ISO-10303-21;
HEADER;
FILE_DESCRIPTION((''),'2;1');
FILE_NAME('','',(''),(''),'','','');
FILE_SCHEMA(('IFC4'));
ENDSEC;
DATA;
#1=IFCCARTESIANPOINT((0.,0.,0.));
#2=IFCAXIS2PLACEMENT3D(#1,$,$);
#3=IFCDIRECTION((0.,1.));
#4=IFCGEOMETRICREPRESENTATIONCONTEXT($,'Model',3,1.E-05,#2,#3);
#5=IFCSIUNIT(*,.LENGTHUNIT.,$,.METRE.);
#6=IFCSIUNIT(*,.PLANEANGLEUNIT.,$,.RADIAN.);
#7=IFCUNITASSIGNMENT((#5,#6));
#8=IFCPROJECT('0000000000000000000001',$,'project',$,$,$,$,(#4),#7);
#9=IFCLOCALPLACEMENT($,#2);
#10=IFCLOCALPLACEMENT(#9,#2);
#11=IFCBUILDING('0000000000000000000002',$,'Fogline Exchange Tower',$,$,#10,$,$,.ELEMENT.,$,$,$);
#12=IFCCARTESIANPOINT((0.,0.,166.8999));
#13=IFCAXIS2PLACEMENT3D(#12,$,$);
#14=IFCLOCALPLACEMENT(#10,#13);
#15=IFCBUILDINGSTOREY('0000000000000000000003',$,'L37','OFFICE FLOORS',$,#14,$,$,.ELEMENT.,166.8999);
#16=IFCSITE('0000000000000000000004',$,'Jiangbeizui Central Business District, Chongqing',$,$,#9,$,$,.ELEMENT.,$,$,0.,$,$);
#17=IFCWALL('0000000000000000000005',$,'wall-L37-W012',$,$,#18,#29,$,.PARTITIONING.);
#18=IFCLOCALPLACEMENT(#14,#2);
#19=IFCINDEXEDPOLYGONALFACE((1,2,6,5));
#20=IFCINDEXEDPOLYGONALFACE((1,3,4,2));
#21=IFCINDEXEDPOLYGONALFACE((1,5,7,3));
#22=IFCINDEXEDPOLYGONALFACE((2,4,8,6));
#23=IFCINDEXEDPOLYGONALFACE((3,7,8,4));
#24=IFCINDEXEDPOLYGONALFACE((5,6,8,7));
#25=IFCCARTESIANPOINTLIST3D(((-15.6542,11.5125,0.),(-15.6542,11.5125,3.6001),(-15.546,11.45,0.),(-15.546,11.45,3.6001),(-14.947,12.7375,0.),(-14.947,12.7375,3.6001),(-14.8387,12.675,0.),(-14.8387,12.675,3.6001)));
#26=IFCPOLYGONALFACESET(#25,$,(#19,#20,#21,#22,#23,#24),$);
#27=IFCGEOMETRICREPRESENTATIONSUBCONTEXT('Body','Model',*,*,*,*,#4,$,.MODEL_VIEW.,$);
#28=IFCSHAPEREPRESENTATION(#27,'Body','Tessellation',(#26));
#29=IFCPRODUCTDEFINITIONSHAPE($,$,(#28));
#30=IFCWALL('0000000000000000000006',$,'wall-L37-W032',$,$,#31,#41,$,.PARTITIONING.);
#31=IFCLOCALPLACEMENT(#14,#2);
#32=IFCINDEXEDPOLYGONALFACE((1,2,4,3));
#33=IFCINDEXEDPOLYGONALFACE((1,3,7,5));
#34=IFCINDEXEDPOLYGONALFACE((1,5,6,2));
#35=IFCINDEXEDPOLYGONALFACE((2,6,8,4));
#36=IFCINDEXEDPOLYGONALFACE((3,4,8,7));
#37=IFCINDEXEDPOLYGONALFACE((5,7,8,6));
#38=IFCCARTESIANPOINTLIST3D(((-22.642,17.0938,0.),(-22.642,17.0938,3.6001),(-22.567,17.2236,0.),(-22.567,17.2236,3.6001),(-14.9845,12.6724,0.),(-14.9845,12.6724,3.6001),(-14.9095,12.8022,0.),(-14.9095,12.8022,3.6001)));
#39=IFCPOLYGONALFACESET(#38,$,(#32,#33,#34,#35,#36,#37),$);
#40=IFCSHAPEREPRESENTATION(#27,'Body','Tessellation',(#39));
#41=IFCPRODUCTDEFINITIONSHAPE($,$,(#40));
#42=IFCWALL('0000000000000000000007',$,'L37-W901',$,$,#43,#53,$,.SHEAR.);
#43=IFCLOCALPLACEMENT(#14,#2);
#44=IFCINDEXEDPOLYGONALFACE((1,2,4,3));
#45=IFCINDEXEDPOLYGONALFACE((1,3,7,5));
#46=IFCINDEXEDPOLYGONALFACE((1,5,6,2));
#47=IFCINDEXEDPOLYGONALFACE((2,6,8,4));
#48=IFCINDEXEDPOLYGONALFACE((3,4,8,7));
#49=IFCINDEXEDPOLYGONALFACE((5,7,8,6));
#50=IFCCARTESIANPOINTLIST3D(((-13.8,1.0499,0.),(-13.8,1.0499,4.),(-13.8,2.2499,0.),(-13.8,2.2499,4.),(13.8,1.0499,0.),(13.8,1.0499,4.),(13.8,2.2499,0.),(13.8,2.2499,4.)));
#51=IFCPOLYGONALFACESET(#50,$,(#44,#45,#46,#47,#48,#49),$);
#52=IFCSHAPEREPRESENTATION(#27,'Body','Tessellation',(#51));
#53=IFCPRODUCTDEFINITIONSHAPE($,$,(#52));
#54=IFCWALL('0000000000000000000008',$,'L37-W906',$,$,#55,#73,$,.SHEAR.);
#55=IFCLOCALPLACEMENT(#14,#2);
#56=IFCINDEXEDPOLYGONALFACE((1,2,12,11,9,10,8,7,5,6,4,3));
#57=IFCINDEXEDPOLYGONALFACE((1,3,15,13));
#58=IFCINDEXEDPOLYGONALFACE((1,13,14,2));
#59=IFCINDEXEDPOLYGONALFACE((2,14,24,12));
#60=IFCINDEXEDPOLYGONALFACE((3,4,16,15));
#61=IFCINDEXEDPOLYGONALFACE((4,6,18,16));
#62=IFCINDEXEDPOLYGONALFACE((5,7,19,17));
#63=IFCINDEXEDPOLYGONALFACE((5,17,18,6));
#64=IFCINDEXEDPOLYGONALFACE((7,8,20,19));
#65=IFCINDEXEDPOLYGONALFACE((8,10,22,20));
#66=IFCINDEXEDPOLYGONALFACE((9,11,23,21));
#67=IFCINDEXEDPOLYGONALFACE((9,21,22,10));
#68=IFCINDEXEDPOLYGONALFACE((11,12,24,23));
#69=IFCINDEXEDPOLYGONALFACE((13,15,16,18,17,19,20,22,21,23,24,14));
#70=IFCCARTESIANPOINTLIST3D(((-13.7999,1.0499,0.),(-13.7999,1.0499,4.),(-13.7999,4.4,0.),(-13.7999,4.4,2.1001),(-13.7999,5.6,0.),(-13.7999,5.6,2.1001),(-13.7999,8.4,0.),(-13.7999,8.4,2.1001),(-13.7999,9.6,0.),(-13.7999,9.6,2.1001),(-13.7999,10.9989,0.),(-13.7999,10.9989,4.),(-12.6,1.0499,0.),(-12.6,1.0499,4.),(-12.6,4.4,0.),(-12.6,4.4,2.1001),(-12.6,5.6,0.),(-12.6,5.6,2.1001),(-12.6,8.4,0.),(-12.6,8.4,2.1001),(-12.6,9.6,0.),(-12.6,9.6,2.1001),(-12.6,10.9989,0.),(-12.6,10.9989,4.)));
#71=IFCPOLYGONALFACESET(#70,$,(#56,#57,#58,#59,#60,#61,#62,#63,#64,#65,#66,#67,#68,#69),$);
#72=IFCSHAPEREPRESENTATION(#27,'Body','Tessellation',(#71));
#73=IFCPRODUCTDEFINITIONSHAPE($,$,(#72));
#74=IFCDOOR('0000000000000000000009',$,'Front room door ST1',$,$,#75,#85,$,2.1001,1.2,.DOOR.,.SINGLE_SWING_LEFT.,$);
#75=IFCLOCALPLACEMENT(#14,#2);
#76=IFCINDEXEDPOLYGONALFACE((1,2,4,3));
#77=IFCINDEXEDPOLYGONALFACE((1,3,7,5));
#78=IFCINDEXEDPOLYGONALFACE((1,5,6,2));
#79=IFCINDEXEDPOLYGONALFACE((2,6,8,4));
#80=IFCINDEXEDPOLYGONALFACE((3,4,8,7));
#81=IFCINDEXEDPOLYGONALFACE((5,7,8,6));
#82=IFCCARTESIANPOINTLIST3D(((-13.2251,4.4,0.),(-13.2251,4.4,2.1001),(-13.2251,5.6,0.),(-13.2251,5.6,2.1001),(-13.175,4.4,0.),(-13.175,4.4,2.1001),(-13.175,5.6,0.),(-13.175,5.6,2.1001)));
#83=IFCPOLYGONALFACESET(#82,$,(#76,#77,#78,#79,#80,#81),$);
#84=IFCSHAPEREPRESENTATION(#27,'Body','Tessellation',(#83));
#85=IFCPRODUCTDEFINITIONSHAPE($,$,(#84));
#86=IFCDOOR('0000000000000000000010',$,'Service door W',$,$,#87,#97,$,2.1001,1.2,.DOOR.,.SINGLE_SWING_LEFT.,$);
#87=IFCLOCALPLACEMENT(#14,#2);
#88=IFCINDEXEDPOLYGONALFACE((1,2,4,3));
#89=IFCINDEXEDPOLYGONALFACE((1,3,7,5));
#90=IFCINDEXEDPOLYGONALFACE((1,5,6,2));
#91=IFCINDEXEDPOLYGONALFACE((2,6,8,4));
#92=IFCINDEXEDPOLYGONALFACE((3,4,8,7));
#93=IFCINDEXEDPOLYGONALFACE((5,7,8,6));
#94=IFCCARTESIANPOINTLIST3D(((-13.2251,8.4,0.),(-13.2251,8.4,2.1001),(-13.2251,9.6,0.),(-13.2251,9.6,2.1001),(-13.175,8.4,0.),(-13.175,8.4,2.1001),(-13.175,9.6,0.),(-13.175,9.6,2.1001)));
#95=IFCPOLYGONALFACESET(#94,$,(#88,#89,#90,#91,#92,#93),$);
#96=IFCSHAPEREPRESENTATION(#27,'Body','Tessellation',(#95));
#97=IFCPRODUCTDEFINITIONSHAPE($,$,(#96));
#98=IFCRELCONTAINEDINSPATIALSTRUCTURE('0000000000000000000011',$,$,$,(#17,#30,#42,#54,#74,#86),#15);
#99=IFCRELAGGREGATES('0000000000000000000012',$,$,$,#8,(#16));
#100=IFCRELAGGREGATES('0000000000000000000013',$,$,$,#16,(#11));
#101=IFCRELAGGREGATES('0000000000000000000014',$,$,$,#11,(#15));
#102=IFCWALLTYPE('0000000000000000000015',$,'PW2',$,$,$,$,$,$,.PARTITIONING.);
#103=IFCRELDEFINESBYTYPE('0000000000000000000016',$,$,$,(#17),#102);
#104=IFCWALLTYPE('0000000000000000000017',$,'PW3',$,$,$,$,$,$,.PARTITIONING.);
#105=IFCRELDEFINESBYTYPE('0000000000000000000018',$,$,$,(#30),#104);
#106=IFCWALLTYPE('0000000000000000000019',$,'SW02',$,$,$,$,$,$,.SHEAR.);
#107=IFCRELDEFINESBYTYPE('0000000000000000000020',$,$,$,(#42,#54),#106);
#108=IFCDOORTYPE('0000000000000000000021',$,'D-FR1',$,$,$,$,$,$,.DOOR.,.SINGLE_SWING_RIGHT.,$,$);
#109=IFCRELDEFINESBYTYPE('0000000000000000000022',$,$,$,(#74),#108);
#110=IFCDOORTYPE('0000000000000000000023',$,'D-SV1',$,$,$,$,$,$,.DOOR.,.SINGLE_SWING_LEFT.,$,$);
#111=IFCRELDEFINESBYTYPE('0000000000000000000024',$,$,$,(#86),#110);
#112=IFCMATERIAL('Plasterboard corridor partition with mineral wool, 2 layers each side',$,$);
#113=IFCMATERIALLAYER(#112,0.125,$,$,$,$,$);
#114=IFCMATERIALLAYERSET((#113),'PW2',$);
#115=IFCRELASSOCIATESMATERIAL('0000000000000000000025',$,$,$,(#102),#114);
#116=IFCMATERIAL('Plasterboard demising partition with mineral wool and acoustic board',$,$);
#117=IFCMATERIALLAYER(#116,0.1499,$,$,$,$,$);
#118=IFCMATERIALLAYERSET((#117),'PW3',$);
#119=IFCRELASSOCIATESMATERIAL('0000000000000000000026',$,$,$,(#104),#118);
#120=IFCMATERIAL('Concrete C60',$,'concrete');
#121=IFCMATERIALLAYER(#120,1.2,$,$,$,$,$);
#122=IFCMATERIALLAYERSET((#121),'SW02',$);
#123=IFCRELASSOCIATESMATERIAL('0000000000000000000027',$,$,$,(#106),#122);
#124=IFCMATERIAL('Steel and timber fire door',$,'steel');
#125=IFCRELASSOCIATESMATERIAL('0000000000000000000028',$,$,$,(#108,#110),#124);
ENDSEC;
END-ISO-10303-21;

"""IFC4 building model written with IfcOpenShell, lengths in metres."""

from ifc_helpers import new_model, si_unit, direction, frame, frame_2d, origin, place, context, subcontext, project, spatial, rectangle, extrude, material, layer, layer_set, type_object, element, fill, save


model = new_model("IFC4")

# Units and contexts
model_context = context("Model", 3, precision=1e-05, world=origin(), true_north=direction((0.0, 1.0)))
body_context = subcontext(model_context, "Body", "Model", "MODEL_VIEW")
ifc_project = project(units=[si_unit("LENGTHUNIT", "METRE"), si_unit("PLANEANGLEUNIT", "RADIAN")], contexts=[model_context])

# Site, building, storey
site_placement = place(None, origin())
site = spatial("IfcSite", under=ifc_project, at=site_placement, Name="Jiangbeizui Central Business District, Chongqing", CompositionType="ELEMENT", RefElevation=0.0)
building_placement = place(site_placement, origin())
building = spatial("IfcBuilding", under=site, at=building_placement, Name="Fogline Exchange Tower", CompositionType="ELEMENT")
storey_placement = place(building_placement, frame((0.0, 0.0, 166.8999)))
storey = spatial("IfcBuildingStorey", under=building, at=storey_placement, Name="L37", Description="OFFICE FLOORS", CompositionType="ELEMENT", Elevation=166.8999)

# Shared definitions
ifc_material_1 = material(Name="Steel and timber fire door", Category="steel")

# Shared definitions
ifc_material_2 = material(Name="Plasterboard corridor partition with mineral wool, 2 layers each side")
ifc_layer_1 = layer(ifc_material_2, 0.125)
ifc_layer_set_1 = layer_set([ifc_layer_1], Name="PW2")
wall_type_1 = type_object("IfcWallType", Name="PW2", PredefinedType="PARTITIONING", material=ifc_layer_set_1)

# Walls
wall_1_placement = place(storey_placement, frame((-15.6001, 11.4812, 0.0), z_axis=(0.0, 0.0, 1.0), x_axis=(0.499981, 0.866036, 0.0)))
element("IfcWall", 1, at=wall_1_placement, inside=storey, type_object=wall_type_1, Name="wall-L37-W012", PredefinedType="PARTITIONING", context=body_context, shape_type="SweptSolid", body=[
    extrude(rectangle(XDim=1.4146, YDim=0.125, at=frame_2d((0.7073, 0.0))), origin(), (0.0, 0.0, 1.0), 3.6001),
])
ifc_material_3 = material(Name="Plasterboard demising partition with mineral wool and acoustic board")
ifc_layer_2 = layer(ifc_material_3, 0.1499)
ifc_layer_set_2 = layer_set([ifc_layer_2], Name="PW3")
wall_type_2 = type_object("IfcWallType", Name="PW3", PredefinedType="PARTITIONING", material=ifc_layer_set_2)
wall_2_placement = place(storey_placement, frame((-14.947, 12.7373, 0.0), z_axis=(0.0, 0.0, 1.0), x_axis=(-0.866009, 0.500029, 0.0)))
element("IfcWall", 2, at=wall_2_placement, inside=storey, type_object=wall_type_2, Name="wall-L37-W032", PredefinedType="PARTITIONING", context=body_context, shape_type="SweptSolid", body=[
    extrude(rectangle(XDim=8.8423, YDim=0.1499, at=frame_2d((4.4211, 0.0))), origin(), (0.0, 0.0, 1.0), 3.6001),
])
ifc_material_4 = material(Name="Concrete C60", Category="concrete")
ifc_layer_3 = layer(ifc_material_4, 1.2)
ifc_layer_set_3 = layer_set([ifc_layer_3], Name="SW02")
wall_type_3 = type_object("IfcWallType", Name="SW02", PredefinedType="SHEAR", material=ifc_layer_set_3)
wall_3_placement = place(storey_placement, frame((-13.8, 1.6499, 0.0), z_axis=(0.0, 0.0, 1.0), x_axis=(1.0, 0.0, 0.0)))
element("IfcWall", 3, at=wall_3_placement, inside=storey, type_object=wall_type_3, Name="L37-W901", PredefinedType="SHEAR", context=body_context, shape_type="SweptSolid", body=[
    extrude(rectangle(XDim=27.6001, YDim=1.2, at=frame_2d((13.8, 0.0))), origin(), (0.0, 0.0, 1.0), 4.0),
])

# Wall, openings, doors
wall_4_placement = place(storey_placement, frame((-13.2, 10.999, 0.0), z_axis=(0.0, 0.0, 1.0), x_axis=(0.0, -1.0, 0.0)))
wall_4 = element("IfcWall", 4, at=wall_4_placement, inside=storey, type_object=wall_type_3, Name="L37-W906", PredefinedType="SHEAR", context=body_context, shape_type="SweptSolid", body=[
    extrude(rectangle(XDim=9.949, YDim=1.2, at=frame_2d((4.9746, 0.0))), origin(), (0.0, 0.0, 1.0), 4.0),
])
opening_1_placement = place(wall_4_placement, frame((5.3989, 0.0, 0.0)))
opening_1 = element("IfcOpeningElement", 5, at=opening_1_placement, cuts=wall_4, PredefinedType="OPENING", context=body_context, shape_type="SweptSolid", body=[
    extrude(rectangle(XDim=1.2, YDim=2.1001, at=frame_2d((0.6001, 1.05))), frame((0.0, 0.6099, 0.0), z_axis=(0.0, -1.0, 0.0), x_axis=(1.0, 0.0, 0.0)), (0.0, 0.0, 1.0), 1.22),
])
opening_2_placement = place(wall_4_placement, frame((1.3989, 0.0, 0.0)))
opening_2 = element("IfcOpeningElement", 6, at=opening_2_placement, cuts=wall_4, PredefinedType="OPENING", context=body_context, shape_type="SweptSolid", body=[
    extrude(rectangle(XDim=1.2, YDim=2.1001, at=frame_2d((0.6001, 1.05))), frame((0.0, 0.6099, 0.0), z_axis=(0.0, -1.0, 0.0), x_axis=(1.0, 0.0, 0.0)), (0.0, 0.0, 1.0), 1.22),
])
door_type_1 = type_object("IfcDoorType", Name="D-FR1", OperationType="SINGLE_SWING_RIGHT", PredefinedType="DOOR", material=ifc_material_1)
door_1_placement = place(opening_1_placement, origin())
door_1 = element("IfcDoor", 7, at=door_1_placement, inside=storey, type_object=door_type_1, Name="Front room door ST1", OperationType="SINGLE_SWING_LEFT", OverallHeight=2.1001, OverallWidth=1.2, PredefinedType="DOOR", context=body_context, shape_type="SweptSolid", body=[
    extrude(rectangle(XDim=1.2, YDim=2.1001, at=frame_2d((0.6001, 1.05))), frame((0.0, 0.0249, 0.0), z_axis=(0.0, -1.0, 0.0), x_axis=(1.0, 0.0, 0.0)), (0.0, 0.0, 1.0), 0.05),
])
fill(opening_1, door_1)
door_type_2 = type_object("IfcDoorType", Name="D-SV1", OperationType="SINGLE_SWING_LEFT", PredefinedType="DOOR", material=ifc_material_1)
door_2_placement = place(opening_2_placement, origin())
door_2 = element("IfcDoor", 8, at=door_2_placement, inside=storey, type_object=door_type_2, Name="Service door W", OperationType="SINGLE_SWING_LEFT", OverallHeight=2.1001, OverallWidth=1.2, PredefinedType="DOOR", context=body_context, shape_type="SweptSolid", body=[
    extrude(rectangle(XDim=1.2, YDim=2.1001, at=frame_2d((0.6001, 1.05))), frame((0.0, 0.0249, 0.0), z_axis=(0.0, -1.0, 0.0), x_axis=(1.0, 0.0, 0.0)), (0.0, 0.0, 1.0), 0.05),
])
fill(opening_2, door_2)

save(model, "model.ifc")
